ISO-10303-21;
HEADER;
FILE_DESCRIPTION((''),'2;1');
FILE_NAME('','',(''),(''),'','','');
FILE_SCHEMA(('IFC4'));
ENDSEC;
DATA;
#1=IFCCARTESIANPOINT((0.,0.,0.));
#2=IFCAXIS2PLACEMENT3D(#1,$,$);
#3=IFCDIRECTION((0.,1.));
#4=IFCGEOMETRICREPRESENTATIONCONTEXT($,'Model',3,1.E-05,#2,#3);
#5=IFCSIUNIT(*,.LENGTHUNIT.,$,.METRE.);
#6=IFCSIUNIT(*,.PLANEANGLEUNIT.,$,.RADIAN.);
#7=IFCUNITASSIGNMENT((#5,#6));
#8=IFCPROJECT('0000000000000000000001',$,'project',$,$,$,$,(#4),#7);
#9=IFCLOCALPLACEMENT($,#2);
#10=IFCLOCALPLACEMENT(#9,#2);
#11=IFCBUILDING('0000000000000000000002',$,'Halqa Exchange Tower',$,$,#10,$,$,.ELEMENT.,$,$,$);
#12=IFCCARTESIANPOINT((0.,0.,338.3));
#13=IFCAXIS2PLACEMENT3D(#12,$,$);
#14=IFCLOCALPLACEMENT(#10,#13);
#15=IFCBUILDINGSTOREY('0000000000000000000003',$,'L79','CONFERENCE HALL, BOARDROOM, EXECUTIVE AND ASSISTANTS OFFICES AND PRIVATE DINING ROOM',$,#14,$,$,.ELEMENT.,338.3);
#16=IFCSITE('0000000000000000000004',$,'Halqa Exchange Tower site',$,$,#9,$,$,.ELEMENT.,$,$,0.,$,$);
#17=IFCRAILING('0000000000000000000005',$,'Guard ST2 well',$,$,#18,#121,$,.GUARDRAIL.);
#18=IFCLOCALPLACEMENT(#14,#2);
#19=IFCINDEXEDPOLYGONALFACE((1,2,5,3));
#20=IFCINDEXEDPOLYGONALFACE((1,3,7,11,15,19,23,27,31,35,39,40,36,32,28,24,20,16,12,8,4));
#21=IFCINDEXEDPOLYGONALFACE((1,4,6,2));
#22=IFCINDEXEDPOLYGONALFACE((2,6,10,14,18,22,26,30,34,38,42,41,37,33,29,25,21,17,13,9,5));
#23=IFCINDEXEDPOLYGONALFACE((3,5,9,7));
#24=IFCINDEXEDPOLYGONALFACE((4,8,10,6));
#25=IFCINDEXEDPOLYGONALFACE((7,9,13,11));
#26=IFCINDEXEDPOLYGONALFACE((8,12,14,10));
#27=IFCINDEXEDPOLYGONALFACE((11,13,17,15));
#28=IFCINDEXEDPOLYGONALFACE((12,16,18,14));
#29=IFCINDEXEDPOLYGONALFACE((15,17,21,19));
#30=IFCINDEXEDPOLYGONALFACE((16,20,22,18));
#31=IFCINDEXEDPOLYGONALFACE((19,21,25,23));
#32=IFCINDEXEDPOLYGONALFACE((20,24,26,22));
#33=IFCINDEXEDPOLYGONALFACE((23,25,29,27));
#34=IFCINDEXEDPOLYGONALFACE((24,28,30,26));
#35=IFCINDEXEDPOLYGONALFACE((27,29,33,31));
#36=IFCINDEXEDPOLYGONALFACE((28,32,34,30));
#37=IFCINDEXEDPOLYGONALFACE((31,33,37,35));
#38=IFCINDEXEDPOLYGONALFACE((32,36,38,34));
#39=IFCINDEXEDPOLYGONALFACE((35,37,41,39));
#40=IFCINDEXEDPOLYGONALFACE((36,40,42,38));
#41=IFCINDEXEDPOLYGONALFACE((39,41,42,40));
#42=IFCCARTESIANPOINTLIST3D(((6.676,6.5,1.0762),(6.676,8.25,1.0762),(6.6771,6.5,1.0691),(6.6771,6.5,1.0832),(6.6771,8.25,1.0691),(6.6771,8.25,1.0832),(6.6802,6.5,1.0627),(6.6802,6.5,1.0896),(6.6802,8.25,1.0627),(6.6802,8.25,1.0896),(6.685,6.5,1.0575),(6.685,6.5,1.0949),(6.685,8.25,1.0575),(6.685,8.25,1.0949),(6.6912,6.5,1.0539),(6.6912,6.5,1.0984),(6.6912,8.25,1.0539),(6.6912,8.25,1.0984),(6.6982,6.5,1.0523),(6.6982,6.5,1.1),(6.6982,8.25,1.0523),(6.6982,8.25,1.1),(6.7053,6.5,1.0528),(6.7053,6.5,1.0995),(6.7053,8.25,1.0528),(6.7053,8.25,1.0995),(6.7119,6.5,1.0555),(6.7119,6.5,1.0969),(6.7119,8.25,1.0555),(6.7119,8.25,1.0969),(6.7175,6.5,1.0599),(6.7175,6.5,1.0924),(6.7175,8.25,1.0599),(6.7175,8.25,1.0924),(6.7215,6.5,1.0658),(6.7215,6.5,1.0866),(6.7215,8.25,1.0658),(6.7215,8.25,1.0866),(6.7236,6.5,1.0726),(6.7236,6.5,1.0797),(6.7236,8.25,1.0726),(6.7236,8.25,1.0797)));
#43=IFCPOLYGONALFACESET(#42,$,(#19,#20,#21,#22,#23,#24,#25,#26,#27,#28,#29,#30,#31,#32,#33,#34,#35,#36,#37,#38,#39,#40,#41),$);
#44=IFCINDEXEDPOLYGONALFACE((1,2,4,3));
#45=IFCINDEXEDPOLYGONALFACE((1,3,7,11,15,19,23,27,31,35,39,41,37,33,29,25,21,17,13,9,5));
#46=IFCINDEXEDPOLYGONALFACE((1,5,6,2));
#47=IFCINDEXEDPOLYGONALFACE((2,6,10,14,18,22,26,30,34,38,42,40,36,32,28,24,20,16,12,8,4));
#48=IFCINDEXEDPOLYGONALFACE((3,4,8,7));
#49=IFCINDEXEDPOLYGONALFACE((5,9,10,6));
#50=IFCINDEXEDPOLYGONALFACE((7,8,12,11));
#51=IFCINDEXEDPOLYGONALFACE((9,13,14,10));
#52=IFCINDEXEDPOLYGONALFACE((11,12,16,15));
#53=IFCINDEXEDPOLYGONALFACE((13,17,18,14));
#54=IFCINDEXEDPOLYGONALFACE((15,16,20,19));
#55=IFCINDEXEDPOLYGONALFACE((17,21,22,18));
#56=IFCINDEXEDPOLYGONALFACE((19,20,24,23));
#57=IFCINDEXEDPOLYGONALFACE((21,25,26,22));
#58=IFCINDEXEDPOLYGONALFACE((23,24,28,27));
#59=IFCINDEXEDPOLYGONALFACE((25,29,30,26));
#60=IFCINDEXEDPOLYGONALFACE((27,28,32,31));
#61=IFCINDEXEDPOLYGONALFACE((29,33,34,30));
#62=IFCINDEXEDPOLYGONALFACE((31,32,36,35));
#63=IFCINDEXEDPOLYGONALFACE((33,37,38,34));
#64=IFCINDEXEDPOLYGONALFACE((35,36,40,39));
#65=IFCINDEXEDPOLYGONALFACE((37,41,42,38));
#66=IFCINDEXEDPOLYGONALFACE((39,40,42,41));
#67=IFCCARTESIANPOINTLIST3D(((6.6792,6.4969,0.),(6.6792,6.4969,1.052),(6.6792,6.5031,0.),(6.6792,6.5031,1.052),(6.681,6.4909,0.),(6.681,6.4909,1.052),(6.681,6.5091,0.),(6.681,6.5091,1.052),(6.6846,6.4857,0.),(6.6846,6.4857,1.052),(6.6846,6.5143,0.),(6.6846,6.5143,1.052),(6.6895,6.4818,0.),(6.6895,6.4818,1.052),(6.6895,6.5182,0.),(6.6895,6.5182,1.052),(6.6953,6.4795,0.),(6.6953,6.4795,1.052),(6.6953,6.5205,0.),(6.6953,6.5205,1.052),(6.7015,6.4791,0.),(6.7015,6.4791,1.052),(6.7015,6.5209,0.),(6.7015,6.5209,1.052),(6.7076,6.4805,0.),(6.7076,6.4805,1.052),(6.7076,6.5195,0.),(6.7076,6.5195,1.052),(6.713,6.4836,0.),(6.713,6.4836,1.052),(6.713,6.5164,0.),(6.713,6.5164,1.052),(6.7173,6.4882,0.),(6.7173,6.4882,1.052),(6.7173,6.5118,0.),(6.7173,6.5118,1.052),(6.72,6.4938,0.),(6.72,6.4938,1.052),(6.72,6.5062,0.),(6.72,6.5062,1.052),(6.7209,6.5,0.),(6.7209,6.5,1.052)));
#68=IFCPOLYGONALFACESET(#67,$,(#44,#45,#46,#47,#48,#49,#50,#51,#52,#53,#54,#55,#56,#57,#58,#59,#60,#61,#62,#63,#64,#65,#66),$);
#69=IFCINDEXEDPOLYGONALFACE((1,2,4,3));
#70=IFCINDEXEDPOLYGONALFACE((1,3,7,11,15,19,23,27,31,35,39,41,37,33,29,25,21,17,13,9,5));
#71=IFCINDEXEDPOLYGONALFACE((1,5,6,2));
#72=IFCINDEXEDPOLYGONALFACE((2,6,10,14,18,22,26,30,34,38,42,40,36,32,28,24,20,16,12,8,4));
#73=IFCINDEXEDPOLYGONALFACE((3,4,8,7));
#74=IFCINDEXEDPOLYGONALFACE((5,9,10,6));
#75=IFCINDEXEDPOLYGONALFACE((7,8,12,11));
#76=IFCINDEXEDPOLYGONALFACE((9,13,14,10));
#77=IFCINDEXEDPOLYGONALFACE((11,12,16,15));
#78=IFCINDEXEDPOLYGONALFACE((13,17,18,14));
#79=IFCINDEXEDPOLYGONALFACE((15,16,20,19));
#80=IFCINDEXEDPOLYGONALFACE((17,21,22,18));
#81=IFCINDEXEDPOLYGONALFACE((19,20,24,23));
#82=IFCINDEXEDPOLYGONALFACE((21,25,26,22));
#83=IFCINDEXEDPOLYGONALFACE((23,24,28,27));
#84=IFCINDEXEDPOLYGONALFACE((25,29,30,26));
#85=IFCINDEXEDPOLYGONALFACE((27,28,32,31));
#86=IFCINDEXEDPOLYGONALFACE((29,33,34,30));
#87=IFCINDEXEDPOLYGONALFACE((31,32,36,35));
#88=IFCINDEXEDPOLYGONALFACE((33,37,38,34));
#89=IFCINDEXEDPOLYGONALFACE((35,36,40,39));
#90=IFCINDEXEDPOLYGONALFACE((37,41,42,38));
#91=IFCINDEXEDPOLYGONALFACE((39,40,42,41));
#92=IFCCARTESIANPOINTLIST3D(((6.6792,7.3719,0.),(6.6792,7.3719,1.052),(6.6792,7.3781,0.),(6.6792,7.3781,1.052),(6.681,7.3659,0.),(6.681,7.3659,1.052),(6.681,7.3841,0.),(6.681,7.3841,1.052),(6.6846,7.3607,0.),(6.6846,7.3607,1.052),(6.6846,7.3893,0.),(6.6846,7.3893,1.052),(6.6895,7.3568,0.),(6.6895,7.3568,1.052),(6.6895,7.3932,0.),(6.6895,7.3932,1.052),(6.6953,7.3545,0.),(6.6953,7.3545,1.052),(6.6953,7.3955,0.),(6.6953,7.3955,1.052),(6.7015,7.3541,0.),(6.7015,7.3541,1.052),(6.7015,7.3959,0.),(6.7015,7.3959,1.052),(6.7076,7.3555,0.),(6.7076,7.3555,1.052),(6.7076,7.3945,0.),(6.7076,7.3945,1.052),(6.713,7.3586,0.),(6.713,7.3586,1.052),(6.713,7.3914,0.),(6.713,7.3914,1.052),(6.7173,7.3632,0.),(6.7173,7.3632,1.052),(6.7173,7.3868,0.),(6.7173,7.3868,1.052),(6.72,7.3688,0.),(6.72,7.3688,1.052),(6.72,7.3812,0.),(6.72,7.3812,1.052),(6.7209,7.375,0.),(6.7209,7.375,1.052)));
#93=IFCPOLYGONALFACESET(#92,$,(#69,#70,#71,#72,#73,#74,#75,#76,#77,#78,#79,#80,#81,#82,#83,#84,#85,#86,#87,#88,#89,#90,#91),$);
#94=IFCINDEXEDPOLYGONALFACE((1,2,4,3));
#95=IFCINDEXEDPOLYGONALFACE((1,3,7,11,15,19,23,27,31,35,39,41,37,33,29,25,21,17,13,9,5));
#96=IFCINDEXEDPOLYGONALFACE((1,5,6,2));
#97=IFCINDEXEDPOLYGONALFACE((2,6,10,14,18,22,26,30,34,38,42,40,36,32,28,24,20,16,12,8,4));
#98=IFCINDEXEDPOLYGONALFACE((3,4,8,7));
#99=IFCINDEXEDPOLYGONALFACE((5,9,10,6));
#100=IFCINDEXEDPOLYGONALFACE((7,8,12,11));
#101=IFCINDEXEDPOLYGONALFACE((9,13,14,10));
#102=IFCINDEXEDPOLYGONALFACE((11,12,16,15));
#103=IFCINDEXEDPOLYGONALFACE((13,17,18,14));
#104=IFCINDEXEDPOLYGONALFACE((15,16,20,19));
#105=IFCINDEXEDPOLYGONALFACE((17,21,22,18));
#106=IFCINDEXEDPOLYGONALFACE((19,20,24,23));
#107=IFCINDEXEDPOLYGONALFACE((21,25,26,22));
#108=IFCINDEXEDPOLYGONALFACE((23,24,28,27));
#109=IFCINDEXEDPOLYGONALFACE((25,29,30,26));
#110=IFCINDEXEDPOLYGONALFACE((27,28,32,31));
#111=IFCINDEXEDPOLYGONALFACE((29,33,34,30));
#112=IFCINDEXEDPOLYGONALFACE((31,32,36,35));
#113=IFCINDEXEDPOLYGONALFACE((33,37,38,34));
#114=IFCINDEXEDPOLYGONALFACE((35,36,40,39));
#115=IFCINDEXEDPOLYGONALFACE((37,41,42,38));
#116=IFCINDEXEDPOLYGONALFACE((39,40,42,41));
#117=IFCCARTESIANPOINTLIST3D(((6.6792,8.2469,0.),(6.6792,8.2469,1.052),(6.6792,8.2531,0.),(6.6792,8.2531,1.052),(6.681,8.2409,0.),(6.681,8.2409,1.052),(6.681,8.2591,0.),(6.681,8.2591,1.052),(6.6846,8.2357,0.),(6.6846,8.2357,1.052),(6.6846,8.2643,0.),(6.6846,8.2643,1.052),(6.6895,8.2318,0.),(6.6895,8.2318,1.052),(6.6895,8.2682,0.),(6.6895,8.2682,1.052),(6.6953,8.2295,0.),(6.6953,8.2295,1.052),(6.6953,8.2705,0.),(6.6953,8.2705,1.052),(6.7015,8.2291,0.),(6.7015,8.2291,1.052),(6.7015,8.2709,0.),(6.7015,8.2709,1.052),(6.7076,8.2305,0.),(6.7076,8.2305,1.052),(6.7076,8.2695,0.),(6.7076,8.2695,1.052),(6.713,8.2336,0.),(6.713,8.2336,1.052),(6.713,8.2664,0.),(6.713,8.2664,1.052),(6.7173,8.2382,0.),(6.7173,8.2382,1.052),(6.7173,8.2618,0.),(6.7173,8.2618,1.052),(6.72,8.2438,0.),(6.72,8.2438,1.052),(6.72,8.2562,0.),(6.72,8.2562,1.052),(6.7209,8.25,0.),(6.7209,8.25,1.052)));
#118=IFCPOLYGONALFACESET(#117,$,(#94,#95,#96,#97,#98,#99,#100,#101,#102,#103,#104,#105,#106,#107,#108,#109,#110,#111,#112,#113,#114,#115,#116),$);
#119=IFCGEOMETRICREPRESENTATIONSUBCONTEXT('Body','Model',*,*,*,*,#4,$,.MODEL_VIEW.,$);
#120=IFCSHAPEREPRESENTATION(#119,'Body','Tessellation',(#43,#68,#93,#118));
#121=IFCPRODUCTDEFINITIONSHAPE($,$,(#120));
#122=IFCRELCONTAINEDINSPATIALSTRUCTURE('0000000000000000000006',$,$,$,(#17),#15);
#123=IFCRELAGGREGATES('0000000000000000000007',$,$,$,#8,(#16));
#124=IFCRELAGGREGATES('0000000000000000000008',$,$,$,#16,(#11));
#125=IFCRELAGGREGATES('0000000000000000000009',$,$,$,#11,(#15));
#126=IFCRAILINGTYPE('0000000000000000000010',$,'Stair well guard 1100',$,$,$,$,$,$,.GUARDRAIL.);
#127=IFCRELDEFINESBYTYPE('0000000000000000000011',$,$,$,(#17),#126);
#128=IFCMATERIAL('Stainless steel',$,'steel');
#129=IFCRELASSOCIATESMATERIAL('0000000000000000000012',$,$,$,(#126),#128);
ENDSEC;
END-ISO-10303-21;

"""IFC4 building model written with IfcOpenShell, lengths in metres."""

from ifc_helpers import new_model, si_unit, direction, frame, origin, origin_2d, place, context, subcontext, project, spatial, circle, extrude, material, type_object, element, save


model = new_model("IFC4")

# Units and contexts
model_context = context("Model", 3, precision=1e-05, world=origin(), true_north=direction((0.0, 1.0)))
body_context = subcontext(model_context, "Body", "Model", "MODEL_VIEW")
ifc_project = project(units=[si_unit("LENGTHUNIT", "METRE"), si_unit("PLANEANGLEUNIT", "RADIAN")], contexts=[model_context])

# Site, building, storey
site_placement = place(None, origin())
site = spatial("IfcSite", under=ifc_project, at=site_placement, Name="Halqa Exchange Tower site", CompositionType="ELEMENT", RefElevation=0.0)
building_placement = place(site_placement, origin())
building = spatial("IfcBuilding", under=site, at=building_placement, Name="Halqa Exchange Tower", CompositionType="ELEMENT")
storey_placement = place(building_placement, frame((0.0, 0.0, 338.3)))
storey = spatial("IfcBuildingStorey", under=building, at=storey_placement, Name="L79", Description="CONFERENCE HALL, BOARDROOM, EXECUTIVE AND ASSISTANTS OFFICES AND PRIVATE DINING ROOM", CompositionType="ELEMENT", Elevation=338.3)

# Railing
ifc_material_1 = material(Name="Stainless steel", Category="steel")
railing_type_1 = type_object("IfcRailingType", Name="Stair well guard 1100", PredefinedType="GUARDRAIL", material=ifc_material_1)
railing_1_placement = place(storey_placement, frame((6.7, 6.5, 0.0)))
element("IfcRailing", 1, at=railing_1_placement, inside=storey, type_object=railing_type_1, Name="Guard ST2 well", PredefinedType="GUARDRAIL", context=body_context, shape_type="SweptSolid", body=[
    extrude(circle(Radius=0.0239, at=origin_2d()), frame((0.0, 0.0, 1.0762), z_axis=(0.0, 1.0, 0.0), x_axis=(-1.0, 0.0, 0.0)), (0.0, 0.0, 1.0), 1.75),
    extrude(circle(Radius=0.021, at=origin_2d()), origin(), (0.0, 0.0, 1.0), 1.052),
    extrude(circle(Radius=0.021, at=origin_2d()), frame((0.0, 0.875, 0.0)), (0.0, 0.0, 1.0), 1.052),
    extrude(circle(Radius=0.021, at=origin_2d()), frame((0.0, 1.75, 0.0)), (0.0, 0.0, 1.0), 1.052),
])

save(model, "model.ifc")
